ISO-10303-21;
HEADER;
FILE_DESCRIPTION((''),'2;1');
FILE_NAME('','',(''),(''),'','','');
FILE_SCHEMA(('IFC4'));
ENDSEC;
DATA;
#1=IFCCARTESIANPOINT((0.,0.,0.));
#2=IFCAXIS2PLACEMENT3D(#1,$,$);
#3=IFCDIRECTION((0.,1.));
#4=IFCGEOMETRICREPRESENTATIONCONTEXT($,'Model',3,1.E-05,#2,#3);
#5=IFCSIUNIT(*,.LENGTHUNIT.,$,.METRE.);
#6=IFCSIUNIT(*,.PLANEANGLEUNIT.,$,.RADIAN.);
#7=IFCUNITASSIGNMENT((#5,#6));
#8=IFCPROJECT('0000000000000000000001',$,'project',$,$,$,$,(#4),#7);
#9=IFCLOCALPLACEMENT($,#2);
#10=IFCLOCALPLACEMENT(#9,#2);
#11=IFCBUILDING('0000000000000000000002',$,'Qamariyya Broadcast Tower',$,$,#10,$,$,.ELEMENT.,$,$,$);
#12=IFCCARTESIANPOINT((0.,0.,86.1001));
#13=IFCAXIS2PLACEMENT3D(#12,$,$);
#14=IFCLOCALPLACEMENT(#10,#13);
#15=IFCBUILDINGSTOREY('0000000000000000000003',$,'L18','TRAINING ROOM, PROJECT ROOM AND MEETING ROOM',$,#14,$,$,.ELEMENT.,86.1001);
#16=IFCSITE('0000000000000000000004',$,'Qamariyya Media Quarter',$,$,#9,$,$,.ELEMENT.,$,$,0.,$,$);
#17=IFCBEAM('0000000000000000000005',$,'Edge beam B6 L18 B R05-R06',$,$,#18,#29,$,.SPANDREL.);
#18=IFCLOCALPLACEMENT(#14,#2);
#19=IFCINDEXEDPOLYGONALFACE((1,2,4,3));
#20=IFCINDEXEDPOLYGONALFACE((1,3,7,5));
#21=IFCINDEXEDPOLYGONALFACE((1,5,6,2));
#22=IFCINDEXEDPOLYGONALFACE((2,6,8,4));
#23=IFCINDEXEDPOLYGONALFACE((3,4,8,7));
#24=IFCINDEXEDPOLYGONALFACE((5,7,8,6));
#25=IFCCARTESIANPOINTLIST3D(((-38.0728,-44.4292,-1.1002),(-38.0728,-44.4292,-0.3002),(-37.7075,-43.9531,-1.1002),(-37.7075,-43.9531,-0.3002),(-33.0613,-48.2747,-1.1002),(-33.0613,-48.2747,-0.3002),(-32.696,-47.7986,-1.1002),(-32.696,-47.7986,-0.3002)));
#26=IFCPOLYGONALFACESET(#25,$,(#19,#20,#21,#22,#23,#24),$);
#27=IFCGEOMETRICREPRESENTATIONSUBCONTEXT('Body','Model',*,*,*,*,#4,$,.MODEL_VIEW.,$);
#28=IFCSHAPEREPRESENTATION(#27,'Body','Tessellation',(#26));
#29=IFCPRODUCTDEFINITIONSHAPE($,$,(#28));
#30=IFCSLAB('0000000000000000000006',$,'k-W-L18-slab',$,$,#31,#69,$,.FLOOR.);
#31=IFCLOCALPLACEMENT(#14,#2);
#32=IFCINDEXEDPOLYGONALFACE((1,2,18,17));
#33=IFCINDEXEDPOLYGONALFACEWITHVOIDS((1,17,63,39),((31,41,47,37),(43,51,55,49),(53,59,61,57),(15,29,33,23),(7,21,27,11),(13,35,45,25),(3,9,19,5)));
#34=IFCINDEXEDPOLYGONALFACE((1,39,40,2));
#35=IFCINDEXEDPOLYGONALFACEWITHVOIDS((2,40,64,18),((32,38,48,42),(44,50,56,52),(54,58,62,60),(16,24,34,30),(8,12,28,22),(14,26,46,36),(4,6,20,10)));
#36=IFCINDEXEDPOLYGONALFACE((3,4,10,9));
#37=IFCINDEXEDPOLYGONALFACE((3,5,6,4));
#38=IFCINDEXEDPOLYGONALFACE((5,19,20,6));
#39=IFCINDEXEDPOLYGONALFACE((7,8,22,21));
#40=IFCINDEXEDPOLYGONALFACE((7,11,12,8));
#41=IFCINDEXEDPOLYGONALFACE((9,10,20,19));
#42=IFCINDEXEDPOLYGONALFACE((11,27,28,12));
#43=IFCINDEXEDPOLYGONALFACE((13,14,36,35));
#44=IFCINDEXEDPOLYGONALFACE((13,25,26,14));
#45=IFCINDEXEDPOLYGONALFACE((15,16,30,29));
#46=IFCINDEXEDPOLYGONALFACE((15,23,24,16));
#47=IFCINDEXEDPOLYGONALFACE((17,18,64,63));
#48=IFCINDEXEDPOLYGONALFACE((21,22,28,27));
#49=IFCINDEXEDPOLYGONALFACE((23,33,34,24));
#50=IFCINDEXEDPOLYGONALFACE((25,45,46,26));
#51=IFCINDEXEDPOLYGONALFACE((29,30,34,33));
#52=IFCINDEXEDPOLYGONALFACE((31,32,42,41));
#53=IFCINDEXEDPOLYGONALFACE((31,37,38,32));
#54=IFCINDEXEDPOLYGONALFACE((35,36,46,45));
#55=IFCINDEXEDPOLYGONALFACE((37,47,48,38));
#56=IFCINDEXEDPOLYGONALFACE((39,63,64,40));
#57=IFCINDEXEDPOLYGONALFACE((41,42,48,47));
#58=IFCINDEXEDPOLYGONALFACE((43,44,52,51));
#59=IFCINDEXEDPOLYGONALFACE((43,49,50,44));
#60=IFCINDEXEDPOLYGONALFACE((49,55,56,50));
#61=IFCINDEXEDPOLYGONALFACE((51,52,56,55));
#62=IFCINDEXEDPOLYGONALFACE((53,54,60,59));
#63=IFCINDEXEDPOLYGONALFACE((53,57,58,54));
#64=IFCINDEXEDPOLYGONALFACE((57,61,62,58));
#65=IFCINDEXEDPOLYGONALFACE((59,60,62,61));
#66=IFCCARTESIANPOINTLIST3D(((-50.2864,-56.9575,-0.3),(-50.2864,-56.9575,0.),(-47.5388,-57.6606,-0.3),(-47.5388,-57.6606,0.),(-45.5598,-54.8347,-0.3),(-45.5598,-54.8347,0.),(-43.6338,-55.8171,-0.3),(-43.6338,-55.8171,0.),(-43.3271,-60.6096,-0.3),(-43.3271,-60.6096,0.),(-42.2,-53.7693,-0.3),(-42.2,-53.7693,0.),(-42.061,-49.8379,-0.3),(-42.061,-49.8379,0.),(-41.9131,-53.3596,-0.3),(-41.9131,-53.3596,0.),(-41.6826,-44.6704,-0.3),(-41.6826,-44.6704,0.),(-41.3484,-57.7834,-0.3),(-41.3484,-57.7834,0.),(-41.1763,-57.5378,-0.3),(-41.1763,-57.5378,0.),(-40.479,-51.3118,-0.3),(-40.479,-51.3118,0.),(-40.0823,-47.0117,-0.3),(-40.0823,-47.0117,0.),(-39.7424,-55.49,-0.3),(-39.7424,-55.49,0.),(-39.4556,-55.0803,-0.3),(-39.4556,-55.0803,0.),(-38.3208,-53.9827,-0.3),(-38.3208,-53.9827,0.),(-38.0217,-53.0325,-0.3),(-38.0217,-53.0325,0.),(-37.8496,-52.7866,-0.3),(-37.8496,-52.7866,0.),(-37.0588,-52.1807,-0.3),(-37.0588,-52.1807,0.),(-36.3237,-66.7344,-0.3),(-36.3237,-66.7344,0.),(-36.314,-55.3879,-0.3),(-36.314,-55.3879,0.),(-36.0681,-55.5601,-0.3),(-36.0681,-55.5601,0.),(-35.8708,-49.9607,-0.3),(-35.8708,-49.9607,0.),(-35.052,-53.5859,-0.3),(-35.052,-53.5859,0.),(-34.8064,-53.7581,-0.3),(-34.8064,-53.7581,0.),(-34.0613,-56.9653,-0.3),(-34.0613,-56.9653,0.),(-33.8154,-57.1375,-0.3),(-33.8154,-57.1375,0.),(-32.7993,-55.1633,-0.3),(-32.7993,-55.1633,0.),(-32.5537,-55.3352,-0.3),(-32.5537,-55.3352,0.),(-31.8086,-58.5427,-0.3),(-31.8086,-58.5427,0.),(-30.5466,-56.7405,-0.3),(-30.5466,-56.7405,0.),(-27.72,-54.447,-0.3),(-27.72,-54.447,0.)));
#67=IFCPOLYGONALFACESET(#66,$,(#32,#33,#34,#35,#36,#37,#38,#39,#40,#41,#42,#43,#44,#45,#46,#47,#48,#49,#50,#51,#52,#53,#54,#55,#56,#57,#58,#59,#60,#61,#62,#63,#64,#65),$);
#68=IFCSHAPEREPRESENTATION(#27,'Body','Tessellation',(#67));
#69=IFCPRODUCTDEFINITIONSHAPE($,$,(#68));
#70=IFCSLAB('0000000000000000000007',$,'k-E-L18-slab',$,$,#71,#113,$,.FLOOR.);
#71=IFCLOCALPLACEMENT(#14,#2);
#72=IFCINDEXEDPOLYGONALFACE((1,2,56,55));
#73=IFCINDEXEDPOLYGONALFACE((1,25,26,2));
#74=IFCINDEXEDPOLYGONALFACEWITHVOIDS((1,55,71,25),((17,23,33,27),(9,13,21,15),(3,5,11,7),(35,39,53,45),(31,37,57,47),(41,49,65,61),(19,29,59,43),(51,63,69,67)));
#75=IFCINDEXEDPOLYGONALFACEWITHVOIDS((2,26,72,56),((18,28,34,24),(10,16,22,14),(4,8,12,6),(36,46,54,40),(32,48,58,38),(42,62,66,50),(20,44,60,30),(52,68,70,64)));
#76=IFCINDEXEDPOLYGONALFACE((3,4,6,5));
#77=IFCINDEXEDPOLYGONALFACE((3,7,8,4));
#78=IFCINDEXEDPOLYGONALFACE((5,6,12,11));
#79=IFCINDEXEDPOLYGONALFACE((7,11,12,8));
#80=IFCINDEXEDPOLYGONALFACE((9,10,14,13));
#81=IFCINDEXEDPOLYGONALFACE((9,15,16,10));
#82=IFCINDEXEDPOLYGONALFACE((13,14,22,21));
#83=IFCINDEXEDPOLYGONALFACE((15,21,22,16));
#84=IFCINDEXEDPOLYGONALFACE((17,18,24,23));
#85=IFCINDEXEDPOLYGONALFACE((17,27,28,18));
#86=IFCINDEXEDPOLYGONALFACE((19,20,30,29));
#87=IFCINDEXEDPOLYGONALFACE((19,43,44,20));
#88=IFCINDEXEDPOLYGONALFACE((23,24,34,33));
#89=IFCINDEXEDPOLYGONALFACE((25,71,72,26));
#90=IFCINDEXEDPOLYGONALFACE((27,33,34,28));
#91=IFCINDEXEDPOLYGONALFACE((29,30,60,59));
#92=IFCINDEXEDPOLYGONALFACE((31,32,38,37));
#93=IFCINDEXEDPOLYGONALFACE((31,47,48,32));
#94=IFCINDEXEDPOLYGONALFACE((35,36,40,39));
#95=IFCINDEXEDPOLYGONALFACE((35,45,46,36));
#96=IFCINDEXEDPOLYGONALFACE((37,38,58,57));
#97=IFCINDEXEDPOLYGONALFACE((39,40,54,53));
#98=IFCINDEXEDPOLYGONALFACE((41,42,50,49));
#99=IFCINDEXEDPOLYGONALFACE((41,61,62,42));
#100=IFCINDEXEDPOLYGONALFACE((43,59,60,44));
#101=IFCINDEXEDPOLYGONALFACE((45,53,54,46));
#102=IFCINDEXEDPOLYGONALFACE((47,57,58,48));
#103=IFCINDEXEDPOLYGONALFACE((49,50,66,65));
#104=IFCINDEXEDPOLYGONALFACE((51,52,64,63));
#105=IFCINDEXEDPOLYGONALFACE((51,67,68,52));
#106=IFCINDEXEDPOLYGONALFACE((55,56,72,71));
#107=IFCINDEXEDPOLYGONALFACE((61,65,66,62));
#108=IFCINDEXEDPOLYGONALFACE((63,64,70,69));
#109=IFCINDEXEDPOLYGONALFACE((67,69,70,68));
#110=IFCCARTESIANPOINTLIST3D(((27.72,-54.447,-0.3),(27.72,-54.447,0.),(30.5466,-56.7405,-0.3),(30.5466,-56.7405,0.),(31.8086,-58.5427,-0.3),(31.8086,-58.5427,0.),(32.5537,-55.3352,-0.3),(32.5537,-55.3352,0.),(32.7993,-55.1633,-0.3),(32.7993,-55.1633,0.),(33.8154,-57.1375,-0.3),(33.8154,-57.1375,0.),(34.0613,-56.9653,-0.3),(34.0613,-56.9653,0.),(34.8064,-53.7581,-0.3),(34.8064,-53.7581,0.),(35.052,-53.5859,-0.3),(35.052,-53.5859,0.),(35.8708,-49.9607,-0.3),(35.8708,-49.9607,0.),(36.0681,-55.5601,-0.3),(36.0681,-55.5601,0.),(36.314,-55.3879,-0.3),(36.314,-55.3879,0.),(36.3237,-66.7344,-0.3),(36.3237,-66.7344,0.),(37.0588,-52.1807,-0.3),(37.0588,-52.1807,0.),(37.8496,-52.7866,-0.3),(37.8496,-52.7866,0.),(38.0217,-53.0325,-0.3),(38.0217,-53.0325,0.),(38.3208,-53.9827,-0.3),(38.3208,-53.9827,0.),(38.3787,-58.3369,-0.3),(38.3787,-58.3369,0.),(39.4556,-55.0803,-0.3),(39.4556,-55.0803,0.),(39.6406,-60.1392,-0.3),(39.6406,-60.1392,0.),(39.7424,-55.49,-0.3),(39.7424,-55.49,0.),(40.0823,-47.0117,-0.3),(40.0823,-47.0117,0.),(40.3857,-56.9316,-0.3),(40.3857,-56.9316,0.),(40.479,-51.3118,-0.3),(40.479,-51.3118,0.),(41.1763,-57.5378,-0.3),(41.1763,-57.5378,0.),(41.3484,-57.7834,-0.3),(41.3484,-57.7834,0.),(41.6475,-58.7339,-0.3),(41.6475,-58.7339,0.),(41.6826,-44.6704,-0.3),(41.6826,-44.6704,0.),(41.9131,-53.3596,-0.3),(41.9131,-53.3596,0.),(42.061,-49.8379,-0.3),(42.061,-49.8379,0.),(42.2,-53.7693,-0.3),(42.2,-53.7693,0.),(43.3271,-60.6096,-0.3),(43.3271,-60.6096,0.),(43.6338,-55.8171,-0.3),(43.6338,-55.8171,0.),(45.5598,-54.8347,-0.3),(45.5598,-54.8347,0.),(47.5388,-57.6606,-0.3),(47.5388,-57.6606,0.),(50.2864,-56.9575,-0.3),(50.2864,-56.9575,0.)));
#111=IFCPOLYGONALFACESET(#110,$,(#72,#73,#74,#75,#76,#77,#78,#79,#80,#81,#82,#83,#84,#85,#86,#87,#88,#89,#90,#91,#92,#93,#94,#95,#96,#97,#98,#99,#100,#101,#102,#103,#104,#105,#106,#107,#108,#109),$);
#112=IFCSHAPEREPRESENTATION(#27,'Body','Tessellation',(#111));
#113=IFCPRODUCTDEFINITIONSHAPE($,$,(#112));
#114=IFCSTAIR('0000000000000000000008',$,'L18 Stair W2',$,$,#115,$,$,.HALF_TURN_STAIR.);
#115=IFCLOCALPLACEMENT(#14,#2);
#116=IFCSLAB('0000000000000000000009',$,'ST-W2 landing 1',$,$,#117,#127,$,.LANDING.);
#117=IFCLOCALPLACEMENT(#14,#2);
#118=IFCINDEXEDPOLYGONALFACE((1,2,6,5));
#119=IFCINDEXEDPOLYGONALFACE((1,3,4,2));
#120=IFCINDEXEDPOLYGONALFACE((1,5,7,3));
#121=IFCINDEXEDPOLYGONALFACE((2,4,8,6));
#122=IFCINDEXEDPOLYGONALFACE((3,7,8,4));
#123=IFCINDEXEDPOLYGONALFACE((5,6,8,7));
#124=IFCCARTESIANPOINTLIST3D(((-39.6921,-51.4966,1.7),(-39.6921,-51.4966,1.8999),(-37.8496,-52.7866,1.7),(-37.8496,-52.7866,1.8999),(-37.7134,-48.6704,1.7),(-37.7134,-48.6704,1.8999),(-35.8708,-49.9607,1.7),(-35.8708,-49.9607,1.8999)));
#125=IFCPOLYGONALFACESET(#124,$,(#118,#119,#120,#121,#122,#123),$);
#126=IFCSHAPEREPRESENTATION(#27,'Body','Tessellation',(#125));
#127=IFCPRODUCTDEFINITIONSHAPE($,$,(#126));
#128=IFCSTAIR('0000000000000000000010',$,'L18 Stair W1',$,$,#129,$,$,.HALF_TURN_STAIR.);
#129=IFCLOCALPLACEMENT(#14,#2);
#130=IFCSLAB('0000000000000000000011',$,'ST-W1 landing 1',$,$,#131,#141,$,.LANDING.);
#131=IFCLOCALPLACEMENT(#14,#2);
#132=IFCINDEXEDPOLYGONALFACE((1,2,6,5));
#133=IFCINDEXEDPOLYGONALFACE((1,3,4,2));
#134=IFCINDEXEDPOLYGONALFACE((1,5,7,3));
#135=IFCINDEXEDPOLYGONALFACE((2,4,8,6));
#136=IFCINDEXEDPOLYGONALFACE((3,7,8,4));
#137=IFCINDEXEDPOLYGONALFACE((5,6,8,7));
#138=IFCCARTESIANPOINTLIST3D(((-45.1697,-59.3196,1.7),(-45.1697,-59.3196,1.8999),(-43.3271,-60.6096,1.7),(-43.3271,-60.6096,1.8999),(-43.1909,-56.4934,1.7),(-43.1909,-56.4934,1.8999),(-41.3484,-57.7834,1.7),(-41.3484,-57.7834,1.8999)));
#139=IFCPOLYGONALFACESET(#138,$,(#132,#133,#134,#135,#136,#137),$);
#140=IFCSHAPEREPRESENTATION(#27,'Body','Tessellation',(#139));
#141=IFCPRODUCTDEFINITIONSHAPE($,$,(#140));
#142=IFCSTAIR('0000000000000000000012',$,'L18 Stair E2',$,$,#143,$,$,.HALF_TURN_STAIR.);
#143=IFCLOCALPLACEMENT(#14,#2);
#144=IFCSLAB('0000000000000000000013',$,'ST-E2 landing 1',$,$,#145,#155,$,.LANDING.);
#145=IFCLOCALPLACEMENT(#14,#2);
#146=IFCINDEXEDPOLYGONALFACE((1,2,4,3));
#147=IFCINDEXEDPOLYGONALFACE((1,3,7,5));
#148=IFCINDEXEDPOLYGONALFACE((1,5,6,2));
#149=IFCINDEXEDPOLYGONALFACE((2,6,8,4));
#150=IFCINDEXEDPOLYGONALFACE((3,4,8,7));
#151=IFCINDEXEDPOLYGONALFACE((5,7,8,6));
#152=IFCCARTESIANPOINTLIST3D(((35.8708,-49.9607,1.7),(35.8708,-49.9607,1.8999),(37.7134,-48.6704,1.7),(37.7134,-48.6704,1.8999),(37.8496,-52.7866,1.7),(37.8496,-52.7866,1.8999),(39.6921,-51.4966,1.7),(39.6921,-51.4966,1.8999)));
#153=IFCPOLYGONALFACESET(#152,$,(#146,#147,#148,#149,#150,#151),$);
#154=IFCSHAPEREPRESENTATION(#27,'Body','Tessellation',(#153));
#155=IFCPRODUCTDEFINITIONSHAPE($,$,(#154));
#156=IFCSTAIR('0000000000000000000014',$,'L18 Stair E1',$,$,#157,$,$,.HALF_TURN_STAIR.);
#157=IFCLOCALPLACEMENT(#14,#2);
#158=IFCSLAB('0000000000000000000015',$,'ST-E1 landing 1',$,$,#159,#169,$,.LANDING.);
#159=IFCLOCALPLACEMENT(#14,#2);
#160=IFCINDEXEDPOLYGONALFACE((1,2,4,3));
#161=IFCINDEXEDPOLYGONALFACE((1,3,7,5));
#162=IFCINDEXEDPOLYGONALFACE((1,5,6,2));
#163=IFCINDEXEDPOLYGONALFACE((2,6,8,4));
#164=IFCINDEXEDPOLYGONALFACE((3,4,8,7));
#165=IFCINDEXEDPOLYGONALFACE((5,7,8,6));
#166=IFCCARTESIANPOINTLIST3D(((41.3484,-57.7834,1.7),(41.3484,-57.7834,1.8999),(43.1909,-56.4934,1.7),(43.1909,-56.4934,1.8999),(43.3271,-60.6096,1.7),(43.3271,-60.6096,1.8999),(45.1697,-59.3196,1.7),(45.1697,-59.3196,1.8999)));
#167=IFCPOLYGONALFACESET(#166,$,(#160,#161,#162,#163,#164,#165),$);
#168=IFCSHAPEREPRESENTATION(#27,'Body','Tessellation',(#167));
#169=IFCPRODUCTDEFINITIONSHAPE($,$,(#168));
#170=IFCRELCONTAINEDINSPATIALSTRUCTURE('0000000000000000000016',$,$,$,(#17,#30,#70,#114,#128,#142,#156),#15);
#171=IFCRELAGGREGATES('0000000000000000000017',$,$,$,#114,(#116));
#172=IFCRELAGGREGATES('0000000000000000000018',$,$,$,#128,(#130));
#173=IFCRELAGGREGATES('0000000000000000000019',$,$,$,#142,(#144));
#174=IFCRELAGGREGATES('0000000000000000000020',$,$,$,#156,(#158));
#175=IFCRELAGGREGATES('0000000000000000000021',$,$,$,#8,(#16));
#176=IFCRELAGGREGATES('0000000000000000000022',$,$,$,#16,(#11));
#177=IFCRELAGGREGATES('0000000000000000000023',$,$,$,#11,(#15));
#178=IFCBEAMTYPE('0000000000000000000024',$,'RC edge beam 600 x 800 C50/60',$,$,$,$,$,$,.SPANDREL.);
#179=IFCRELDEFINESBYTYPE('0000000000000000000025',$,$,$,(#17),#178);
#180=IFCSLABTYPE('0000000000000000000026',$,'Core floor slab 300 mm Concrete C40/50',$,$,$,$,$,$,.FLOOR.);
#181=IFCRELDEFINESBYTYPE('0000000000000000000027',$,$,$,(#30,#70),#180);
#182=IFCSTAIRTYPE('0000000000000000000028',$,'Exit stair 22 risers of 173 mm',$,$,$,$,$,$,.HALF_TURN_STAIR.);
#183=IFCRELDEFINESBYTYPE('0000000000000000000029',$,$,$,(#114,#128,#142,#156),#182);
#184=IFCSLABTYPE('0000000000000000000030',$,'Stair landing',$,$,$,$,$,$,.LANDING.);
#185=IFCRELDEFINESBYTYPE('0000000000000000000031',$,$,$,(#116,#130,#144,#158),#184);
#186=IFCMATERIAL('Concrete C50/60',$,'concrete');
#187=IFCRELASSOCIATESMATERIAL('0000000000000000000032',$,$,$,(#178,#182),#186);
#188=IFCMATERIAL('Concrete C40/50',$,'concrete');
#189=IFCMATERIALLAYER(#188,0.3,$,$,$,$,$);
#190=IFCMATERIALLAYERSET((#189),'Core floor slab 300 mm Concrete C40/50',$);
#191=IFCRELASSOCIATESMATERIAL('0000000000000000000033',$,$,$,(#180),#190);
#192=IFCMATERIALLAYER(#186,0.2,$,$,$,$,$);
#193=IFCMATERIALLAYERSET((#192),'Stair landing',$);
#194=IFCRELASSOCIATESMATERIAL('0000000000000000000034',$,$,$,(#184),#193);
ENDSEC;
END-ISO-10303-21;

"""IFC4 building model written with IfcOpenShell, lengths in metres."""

from ifc_helpers import new_model, si_unit, direction, frame, origin, origin_2d, place, context, subcontext, project, spatial, polyline, rectangle, outline, extrude, material, layer, layer_set, material_profile, profile_set, type_object, element, aggregate, save


model = new_model("IFC4")

# Units and contexts
model_context = context("Model", 3, precision=1e-05, world=origin(), true_north=direction((0.0, 1.0)))
body_context = subcontext(model_context, "Body", "Model", "MODEL_VIEW")
ifc_project = project(units=[si_unit("LENGTHUNIT", "METRE"), si_unit("PLANEANGLEUNIT", "RADIAN")], contexts=[model_context])

# Site, building, storey
site_placement = place(None, origin())
site = spatial("IfcSite", under=ifc_project, at=site_placement, Name="Qamariyya Media Quarter", CompositionType="ELEMENT", RefElevation=0.0)
building_placement = place(site_placement, origin())
building = spatial("IfcBuilding", under=site, at=building_placement, Name="Qamariyya Broadcast Tower", CompositionType="ELEMENT")
storey_placement = place(building_placement, frame((0.0, 0.0, 86.1001)))
storey = spatial("IfcBuildingStorey", under=building, at=storey_placement, Name="L18", Description="TRAINING ROOM, PROJECT ROOM AND MEETING ROOM", CompositionType="ELEMENT", Elevation=86.1001)

# Beam
ifc_material_1 = material(Name="Concrete C50/60", Category="concrete")
ifc_material_profile = material_profile(ifc_material_1, rectangle(XDim=0.6001, YDim=0.8, at=origin_2d()))
ifc_profile_set = profile_set([ifc_material_profile], Name="Concrete C50/60")
beam_type = type_object("IfcBeamType", Name="RC edge beam 600 x 800 C50/60", PredefinedType="SPANDREL", material=ifc_profile_set)
beam_placement = place(storey_placement, frame((-37.8901, -44.1912, -0.7002), z_axis=(0.793352, -0.608763, 0.0), x_axis=(0.608763, 0.793352, 0.0)))
element("IfcBeam", 1, at=beam_placement, inside=storey, type_object=beam_type, Name="Edge beam B6 L18 B R05-R06", PredefinedType="SPANDREL", context=body_context, shape_type="SweptSolid", body=[
    extrude(rectangle(XDim=0.6001, YDim=0.8, at=origin_2d()), origin(), (0.0, 0.0, 1.0), 6.3169),
])

# Slabs
ifc_material_2 = material(Name="Concrete C40/50", Category="concrete")
ifc_layer_1 = layer(ifc_material_2, 0.3)
ifc_layer_set_1 = layer_set([ifc_layer_1], Name="Core floor slab 300 mm Concrete C40/50")
slab_type_1 = type_object("IfcSlabType", Name="Core floor slab 300 mm Concrete C40/50", PredefinedType="FLOOR", material=ifc_layer_set_1)
slab_1_placement = place(storey_placement, frame((0.0, 0.0, -0.3)))
element("IfcSlab", 2, at=slab_1_placement, inside=storey, type_object=slab_type_1, Name="k-W-L18-slab", PredefinedType="FLOOR", context=body_context, shape_type="SweptSolid", body=[
    extrude(outline(polyline([(-50.2864, -56.9575), (-36.3237, -66.7344), (-27.72, -54.447), (-41.6826, -44.6704), (-50.2864, -56.9575)]), holes=[polyline([(-31.8086, -58.5427), (-33.8154, -57.1375), (-32.5537, -55.3352), (-30.5466, -56.7405), (-31.8086, -58.5427)]), polyline([(-34.0613, -56.9653), (-36.0681, -55.5601), (-34.8064, -53.7581), (-32.7993, -55.1633), (-34.0613, -56.9653)]), polyline([(-36.314, -55.3879), (-38.3208, -53.9827), (-37.0588, -52.1807), (-35.052, -53.5859), (-36.314, -55.3879)]), polyline([(-39.7424, -55.49), (-42.2, -53.7693), (-43.6338, -55.8171), (-41.1763, -57.5378), (-39.7424, -55.49)]), polyline([(-39.4556, -55.0803), (-41.9131, -53.3596), (-40.479, -51.3118), (-38.0217, -53.0325), (-39.4556, -55.0803)]), polyline([(-42.061, -49.8379), (-37.8496, -52.7866), (-35.8708, -49.9607), (-40.0823, -47.0117), (-42.061, -49.8379)]), polyline([(-47.5388, -57.6606), (-43.3271, -60.6096), (-41.3484, -57.7834), (-45.5598, -54.8347), (-47.5388, -57.6606)])]), origin(), (0.0, 0.0, 1.0), 0.3),
])
slab_2_placement = place(storey_placement, frame((0.0, 0.0, -0.3)))
element("IfcSlab", 3, at=slab_2_placement, inside=storey, type_object=slab_type_1, Name="k-E-L18-slab", PredefinedType="FLOOR", context=body_context, shape_type="SweptSolid", body=[
    extrude(outline(polyline([(36.3237, -66.7344), (50.2864, -56.9575), (41.6826, -44.6704), (27.72, -54.447), (36.3237, -66.7344)]), holes=[polyline([(31.8086, -58.5427), (33.8154, -57.1375), (32.5537, -55.3352), (30.5466, -56.7405), (31.8086, -58.5427)]), polyline([(34.0613, -56.9653), (36.0681, -55.5601), (34.8064, -53.7581), (32.7993, -55.1633), (34.0613, -56.9653)]), polyline([(36.314, -55.3879), (38.3208, -53.9827), (37.0588, -52.1807), (35.052, -53.5859), (36.314, -55.3879)]), polyline([(38.3787, -58.3369), (40.3857, -56.9316), (41.6475, -58.7339), (39.6406, -60.1392), (38.3787, -58.3369)]), polyline([(39.7424, -55.49), (42.2, -53.7693), (43.6338, -55.8171), (41.1763, -57.5378), (39.7424, -55.49)]), polyline([(39.4556, -55.0803), (41.9131, -53.3596), (40.479, -51.3118), (38.0217, -53.0325), (39.4556, -55.0803)]), polyline([(40.0823, -47.0117), (35.8708, -49.9607), (37.8496, -52.7866), (42.061, -49.8379), (40.0823, -47.0117)]), polyline([(45.5598, -54.8347), (41.3484, -57.7834), (43.3271, -60.6096), (47.5388, -57.6606), (45.5598, -54.8347)])]), origin(), (0.0, 0.0, 1.0), 0.3),
])

# Stairs, slabs
stair_type = type_object("IfcStairType", Name="Exit stair 22 risers of 173 mm", PredefinedType="HALF_TURN_STAIR", material=ifc_material_1)
stair_1_placement = place(storey_placement, origin())
stair_1 = element("IfcStair", 4, at=stair_1_placement, inside=storey, type_object=stair_type, Name="L18 Stair W2", PredefinedType="HALF_TURN_STAIR")
ifc_layer_2 = layer(ifc_material_1, 0.2)
ifc_layer_set_2 = layer_set([ifc_layer_2], Name="Stair landing")
slab_type_2 = type_object("IfcSlabType", Name="Stair landing", PredefinedType="LANDING", material=ifc_layer_set_2)
slab_3_placement = place(storey_placement, frame((0.0, 0.0, 1.7)))
slab_3 = element("IfcSlab", 5, at=slab_3_placement, type_object=slab_type_2, Name="ST-W2 landing 1", PredefinedType="LANDING", context=body_context, shape_type="SweptSolid", body=[
    extrude(outline(polyline([(-39.6921, -51.4966), (-37.8496, -52.7866), (-35.8708, -49.9607), (-37.7134, -48.6704), (-39.6921, -51.4966)])), origin(), (0.0, 0.0, 1.0), 0.2),
])
aggregate(stair_1, [slab_3])
stair_2_placement = place(storey_placement, origin())
stair_2 = element("IfcStair", 6, at=stair_2_placement, inside=storey, type_object=stair_type, Name="L18 Stair W1", PredefinedType="HALF_TURN_STAIR")
slab_4_placement = place(storey_placement, frame((0.0, 0.0, 1.7)))
slab_4 = element("IfcSlab", 7, at=slab_4_placement, type_object=slab_type_2, Name="ST-W1 landing 1", PredefinedType="LANDING", context=body_context, shape_type="SweptSolid", body=[
    extrude(outline(polyline([(-45.1697, -59.3196), (-43.3271, -60.6096), (-41.3484, -57.7834), (-43.1909, -56.4934), (-45.1697, -59.3196)])), origin(), (0.0, 0.0, 1.0), 0.2),
])
aggregate(stair_2, [slab_4])
stair_3_placement = place(storey_placement, origin())
stair_3 = element("IfcStair", 8, at=stair_3_placement, inside=storey, type_object=stair_type, Name="L18 Stair E2", PredefinedType="HALF_TURN_STAIR")
slab_5_placement = place(storey_placement, frame((0.0, 0.0, 1.7)))
slab_5 = element("IfcSlab", 9, at=slab_5_placement, type_object=slab_type_2, Name="ST-E2 landing 1", PredefinedType="LANDING", context=body_context, shape_type="SweptSolid", body=[
    extrude(outline(polyline([(37.7134, -48.6704), (35.8708, -49.9607), (37.8496, -52.7866), (39.6921, -51.4966), (37.7134, -48.6704)])), origin(), (0.0, 0.0, 1.0), 0.2),
])
aggregate(stair_3, [slab_5])
stair_4_placement = place(storey_placement, origin())
stair_4 = element("IfcStair", 10, at=stair_4_placement, inside=storey, type_object=stair_type, Name="L18 Stair E1", PredefinedType="HALF_TURN_STAIR")
slab_6_placement = place(storey_placement, frame((0.0, 0.0, 1.7)))
slab_6 = element("IfcSlab", 11, at=slab_6_placement, type_object=slab_type_2, Name="ST-E1 landing 1", PredefinedType="LANDING", context=body_context, shape_type="SweptSolid", body=[
    extrude(outline(polyline([(43.1909, -56.4934), (41.3484, -57.7834), (43.3271, -60.6096), (45.1697, -59.3196), (43.1909, -56.4934)])), origin(), (0.0, 0.0, 1.0), 0.2),
])
aggregate(stair_4, [slab_6])

save(model, "model.ifc")
